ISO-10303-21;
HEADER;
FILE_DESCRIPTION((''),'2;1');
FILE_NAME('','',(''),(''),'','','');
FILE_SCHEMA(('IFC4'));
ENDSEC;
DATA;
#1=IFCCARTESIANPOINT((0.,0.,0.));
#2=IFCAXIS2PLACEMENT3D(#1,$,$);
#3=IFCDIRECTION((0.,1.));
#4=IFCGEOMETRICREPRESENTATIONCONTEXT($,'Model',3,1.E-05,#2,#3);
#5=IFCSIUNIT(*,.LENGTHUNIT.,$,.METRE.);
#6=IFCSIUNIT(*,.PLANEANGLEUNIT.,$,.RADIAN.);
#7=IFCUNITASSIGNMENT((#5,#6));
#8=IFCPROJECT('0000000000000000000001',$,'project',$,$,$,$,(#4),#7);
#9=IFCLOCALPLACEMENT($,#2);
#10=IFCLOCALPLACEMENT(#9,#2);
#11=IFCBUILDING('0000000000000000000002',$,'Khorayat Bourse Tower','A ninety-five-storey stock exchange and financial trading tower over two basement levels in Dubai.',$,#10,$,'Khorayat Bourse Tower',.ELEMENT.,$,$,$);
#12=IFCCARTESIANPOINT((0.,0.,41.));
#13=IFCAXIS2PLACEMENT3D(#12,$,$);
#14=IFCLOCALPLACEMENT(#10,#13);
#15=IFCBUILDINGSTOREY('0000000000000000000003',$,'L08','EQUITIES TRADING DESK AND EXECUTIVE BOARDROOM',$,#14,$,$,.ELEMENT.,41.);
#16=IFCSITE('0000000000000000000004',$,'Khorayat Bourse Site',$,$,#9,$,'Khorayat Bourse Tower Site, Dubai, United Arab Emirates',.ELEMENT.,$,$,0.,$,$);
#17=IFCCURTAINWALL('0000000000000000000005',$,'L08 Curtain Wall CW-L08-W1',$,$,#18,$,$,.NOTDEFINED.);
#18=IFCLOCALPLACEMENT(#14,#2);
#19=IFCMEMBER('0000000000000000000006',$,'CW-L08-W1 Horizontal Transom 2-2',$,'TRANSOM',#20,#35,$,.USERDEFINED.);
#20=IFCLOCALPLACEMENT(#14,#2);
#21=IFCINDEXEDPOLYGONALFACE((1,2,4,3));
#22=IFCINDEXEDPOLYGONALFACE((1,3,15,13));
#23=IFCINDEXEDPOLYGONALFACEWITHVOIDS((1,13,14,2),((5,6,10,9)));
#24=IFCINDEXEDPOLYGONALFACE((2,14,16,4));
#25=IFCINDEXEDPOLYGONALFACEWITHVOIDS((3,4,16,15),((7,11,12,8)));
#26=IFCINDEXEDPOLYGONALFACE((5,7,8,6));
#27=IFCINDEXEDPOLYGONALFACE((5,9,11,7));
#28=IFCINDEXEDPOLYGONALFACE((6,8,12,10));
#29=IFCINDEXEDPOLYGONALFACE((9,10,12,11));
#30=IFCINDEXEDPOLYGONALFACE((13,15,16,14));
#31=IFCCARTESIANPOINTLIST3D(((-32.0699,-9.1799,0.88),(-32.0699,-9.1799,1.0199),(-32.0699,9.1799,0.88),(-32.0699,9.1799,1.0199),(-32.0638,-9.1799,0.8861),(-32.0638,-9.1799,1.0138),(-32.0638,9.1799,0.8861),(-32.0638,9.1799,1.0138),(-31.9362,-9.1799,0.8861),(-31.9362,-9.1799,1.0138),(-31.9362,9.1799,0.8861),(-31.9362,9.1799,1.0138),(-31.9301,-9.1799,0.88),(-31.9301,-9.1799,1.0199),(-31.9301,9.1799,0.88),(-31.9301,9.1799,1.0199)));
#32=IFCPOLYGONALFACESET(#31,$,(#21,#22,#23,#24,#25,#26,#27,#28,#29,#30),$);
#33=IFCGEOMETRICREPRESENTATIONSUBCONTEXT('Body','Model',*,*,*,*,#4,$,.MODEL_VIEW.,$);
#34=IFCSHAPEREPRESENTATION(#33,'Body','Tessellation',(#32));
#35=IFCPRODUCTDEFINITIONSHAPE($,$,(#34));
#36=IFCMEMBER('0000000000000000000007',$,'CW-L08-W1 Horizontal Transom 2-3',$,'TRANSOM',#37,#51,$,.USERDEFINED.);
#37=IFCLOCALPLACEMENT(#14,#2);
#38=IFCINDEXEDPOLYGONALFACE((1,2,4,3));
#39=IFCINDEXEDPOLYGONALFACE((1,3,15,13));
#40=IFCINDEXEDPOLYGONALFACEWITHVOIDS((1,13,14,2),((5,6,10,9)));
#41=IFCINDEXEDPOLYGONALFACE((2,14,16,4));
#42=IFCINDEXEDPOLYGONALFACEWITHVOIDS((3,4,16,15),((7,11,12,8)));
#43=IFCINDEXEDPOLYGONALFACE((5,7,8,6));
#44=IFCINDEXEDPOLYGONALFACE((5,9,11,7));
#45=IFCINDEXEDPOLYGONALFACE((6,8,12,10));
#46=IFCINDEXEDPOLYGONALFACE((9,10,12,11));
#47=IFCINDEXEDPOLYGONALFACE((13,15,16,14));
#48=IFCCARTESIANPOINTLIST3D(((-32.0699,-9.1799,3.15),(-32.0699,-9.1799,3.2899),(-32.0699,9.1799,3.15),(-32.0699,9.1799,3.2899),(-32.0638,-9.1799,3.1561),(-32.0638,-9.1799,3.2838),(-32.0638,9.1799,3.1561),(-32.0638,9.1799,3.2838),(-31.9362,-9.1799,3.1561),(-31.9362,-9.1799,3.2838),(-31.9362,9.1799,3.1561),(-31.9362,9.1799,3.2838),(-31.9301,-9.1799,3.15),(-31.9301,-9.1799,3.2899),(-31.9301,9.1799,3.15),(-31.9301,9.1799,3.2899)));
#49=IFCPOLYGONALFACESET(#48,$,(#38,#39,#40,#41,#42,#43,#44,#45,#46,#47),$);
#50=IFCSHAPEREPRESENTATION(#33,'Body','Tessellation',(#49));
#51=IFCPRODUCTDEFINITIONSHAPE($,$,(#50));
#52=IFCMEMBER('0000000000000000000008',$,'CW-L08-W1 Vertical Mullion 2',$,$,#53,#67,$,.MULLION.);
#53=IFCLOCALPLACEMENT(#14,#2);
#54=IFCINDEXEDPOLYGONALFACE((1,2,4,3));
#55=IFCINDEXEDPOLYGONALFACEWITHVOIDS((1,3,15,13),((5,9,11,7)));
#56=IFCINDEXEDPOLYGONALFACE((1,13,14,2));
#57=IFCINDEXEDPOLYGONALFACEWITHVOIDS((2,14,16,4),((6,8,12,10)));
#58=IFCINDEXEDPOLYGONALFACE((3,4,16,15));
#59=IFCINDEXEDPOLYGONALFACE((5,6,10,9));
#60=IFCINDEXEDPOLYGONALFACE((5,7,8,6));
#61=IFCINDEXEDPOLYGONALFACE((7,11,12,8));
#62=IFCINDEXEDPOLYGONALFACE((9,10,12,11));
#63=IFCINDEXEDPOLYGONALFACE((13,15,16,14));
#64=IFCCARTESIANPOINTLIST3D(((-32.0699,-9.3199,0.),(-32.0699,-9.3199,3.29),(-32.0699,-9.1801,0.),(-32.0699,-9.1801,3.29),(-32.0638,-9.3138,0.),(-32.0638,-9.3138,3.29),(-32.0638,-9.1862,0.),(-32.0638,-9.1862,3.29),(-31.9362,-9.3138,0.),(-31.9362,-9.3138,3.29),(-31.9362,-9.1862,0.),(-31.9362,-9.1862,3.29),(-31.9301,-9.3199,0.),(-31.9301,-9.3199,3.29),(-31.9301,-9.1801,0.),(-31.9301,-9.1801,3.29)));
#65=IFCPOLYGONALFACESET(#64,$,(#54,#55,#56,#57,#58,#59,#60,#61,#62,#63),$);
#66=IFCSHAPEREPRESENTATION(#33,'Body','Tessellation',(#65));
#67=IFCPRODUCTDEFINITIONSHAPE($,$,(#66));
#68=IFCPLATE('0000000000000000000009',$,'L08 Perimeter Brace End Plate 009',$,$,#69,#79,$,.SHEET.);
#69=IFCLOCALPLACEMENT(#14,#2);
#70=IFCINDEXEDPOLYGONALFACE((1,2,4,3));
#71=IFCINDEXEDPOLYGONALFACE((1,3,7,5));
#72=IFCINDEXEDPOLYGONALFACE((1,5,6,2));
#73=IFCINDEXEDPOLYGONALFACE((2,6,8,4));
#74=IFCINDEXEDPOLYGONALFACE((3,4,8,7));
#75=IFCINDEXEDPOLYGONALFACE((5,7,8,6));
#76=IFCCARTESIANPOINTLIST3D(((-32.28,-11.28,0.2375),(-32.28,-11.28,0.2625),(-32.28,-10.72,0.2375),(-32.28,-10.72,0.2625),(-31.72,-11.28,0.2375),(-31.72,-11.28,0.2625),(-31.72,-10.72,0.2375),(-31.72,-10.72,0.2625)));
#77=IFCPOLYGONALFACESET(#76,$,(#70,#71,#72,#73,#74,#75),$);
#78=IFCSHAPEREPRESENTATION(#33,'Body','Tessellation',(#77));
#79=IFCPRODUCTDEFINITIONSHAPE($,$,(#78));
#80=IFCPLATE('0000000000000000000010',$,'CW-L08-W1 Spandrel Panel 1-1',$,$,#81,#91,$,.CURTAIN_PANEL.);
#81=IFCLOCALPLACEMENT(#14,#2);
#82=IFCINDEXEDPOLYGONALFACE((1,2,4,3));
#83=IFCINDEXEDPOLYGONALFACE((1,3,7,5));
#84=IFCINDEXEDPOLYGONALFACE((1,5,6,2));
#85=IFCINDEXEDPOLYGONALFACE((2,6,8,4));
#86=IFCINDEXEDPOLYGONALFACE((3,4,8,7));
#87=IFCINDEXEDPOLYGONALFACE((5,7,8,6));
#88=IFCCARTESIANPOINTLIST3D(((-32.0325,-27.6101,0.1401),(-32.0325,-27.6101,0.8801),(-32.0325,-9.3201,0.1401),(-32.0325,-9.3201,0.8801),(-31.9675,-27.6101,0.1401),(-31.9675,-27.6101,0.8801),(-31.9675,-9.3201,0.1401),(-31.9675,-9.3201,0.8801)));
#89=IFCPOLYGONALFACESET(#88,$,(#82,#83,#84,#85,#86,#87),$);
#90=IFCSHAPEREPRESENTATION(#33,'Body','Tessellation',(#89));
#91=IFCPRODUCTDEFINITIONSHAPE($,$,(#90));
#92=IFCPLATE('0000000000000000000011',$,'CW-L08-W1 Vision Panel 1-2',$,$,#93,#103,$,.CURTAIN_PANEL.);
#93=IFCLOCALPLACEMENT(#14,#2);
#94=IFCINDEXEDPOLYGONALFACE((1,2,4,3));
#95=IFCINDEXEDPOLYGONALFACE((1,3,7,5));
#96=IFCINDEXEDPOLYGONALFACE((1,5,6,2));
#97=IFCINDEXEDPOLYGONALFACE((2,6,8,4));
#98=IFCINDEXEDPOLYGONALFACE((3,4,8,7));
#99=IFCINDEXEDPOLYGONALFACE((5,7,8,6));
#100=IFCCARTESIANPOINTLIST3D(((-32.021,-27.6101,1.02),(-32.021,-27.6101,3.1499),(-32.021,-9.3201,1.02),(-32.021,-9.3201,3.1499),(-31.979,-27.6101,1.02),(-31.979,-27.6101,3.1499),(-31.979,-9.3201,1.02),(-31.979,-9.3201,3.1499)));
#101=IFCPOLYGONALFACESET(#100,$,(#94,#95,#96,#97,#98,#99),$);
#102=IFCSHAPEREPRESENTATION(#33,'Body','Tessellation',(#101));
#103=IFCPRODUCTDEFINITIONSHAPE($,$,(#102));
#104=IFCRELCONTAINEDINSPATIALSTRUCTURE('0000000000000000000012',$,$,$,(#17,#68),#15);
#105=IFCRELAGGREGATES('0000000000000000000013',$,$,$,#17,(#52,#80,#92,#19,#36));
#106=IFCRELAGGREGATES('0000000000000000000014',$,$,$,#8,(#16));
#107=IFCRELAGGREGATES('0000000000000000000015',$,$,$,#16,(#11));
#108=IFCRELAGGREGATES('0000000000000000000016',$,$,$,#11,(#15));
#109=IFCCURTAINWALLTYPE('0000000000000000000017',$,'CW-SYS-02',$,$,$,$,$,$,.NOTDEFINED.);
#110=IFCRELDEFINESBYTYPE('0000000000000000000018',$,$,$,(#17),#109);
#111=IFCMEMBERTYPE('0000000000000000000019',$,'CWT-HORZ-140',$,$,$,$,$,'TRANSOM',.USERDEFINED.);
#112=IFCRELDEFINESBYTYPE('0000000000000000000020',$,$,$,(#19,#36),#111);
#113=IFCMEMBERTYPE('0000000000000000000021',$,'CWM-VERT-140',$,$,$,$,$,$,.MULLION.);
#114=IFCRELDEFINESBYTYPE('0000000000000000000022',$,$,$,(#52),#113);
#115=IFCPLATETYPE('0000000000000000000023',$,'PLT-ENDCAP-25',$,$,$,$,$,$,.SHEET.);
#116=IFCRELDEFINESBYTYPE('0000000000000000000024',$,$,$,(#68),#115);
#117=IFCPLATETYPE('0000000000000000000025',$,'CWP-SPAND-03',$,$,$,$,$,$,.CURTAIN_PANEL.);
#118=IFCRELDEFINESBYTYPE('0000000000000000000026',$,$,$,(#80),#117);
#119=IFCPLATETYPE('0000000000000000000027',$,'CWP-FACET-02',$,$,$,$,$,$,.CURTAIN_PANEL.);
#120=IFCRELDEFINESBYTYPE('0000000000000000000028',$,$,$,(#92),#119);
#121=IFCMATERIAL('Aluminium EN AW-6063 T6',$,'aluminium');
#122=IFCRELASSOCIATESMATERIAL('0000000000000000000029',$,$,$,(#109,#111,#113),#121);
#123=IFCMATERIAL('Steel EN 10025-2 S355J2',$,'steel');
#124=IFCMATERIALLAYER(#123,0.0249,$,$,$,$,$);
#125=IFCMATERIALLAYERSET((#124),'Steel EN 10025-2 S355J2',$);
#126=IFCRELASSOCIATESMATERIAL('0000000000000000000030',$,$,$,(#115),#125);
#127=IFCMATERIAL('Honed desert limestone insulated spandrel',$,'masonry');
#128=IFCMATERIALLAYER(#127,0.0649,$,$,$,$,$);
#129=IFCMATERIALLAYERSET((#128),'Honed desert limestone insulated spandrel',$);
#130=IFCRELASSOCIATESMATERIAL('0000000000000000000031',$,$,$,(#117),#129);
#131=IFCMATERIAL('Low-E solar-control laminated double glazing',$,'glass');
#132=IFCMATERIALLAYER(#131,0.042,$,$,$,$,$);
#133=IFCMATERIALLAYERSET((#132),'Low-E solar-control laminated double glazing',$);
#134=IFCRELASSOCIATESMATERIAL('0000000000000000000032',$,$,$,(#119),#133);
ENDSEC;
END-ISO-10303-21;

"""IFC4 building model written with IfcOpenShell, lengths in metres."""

from ifc_helpers import new_model, si_unit, direction, frame, origin, origin_2d, place, context, subcontext, project, spatial, rectangle, hollow_rectangle, extrude, source, transform, mapped, material, layer, layer_set, material_profile, profile_set, type_object, element, aggregate, save


model = new_model("IFC4")

# Units and contexts
model_context = context("Model", 3, precision=1e-05, world=origin(), true_north=direction((0.0, 1.0)))
body_context = subcontext(model_context, "Body", "Model", "MODEL_VIEW")
ifc_project = project(units=[si_unit("LENGTHUNIT", "METRE"), si_unit("PLANEANGLEUNIT", "RADIAN")], contexts=[model_context])

# Site, building, storey
site_placement = place(None, origin())
site = spatial("IfcSite", under=ifc_project, at=site_placement, Name="Khorayat Bourse Site", LongName="Khorayat Bourse Tower Site, Dubai, United Arab Emirates", CompositionType="ELEMENT", RefElevation=0.0)
building_placement = place(site_placement, origin())
building = spatial("IfcBuilding", under=site, at=building_placement, Name="Khorayat Bourse Tower", Description="A ninety-five-storey stock exchange and financial trading tower over two basement levels in Dubai.", LongName="Khorayat Bourse Tower", CompositionType="ELEMENT")
storey_placement = place(building_placement, frame((0.0, 0.0, 41.0)))
storey = spatial("IfcBuildingStorey", under=building, at=storey_placement, Name="L08", Description="EQUITIES TRADING DESK AND EXECUTIVE BOARDROOM", CompositionType="ELEMENT", Elevation=41.0)

# Curtain wall, members
ifc_material_1 = material(Name="Aluminium EN AW-6063 T6", Category="aluminium")
curtain_wall_type = type_object("IfcCurtainWallType", Name="CW-SYS-02", PredefinedType="NOTDEFINED", material=ifc_material_1)
curtain_wall_placement = place(storey_placement, origin())
curtain_wall = element("IfcCurtainWall", 1, at=curtain_wall_placement, inside=storey, type_object=curtain_wall_type, Name="L08 Curtain Wall CW-L08-W1", PredefinedType="NOTDEFINED")
ifc_material_profile_1 = material_profile(ifc_material_1, hollow_rectangle(XDim=0.1399, YDim=0.1399, WallThickness=0.0061, at=origin_2d()), Name="ALU 140x140x6")
ifc_profile_set_1 = profile_set([ifc_material_profile_1], Name="Aluminium EN AW-6063 T6")
member_type_1 = type_object("IfcMemberType", Name="CWT-HORZ-140", ElementType="TRANSOM", PredefinedType="USERDEFINED", material=ifc_profile_set_1)
shared_shape_1 = source(origin(), body_context, "Body", "SweptSolid", [
    extrude(hollow_rectangle(XDim=0.1399, YDim=0.1399, WallThickness=0.0061, at=origin_2d()), origin(), (0.0, 0.0, 1.0), 18.3599),
])
member_1_placement = place(storey_placement, frame((-32.0, -9.1799, 0.95), z_axis=(0.0, 1.0, 0.0), x_axis=(-1.0, 0.0, 0.0)))
member_1 = element("IfcMember", 2, at=member_1_placement, type_object=member_type_1, Name="CW-L08-W1 Horizontal Transom 2-2", ObjectType="TRANSOM", PredefinedType="USERDEFINED", context=body_context, shape_type="MappedRepresentation", body=[
    mapped(shared_shape_1, transform((0.0, 0.0, 0.0), scale=1.0)),
])
member_2_placement = place(storey_placement, frame((-32.0, -9.1799, 3.22), z_axis=(0.0, 1.0, 0.0), x_axis=(-1.0, 0.0, 0.0)))
member_2 = element("IfcMember", 3, at=member_2_placement, type_object=member_type_1, Name="CW-L08-W1 Horizontal Transom 2-3", ObjectType="TRANSOM", PredefinedType="USERDEFINED", context=body_context, shape_type="MappedRepresentation", body=[
    mapped(shared_shape_1, transform((0.0, 0.0, 0.0), scale=1.0)),
])
ifc_material_profile_2 = material_profile(ifc_material_1, hollow_rectangle(XDim=0.1399, YDim=0.1399, WallThickness=0.0061, at=origin_2d()), Name="ALU 140x140x6")
ifc_profile_set_2 = profile_set([ifc_material_profile_2], Name="Aluminium EN AW-6063 T6")
member_type_2 = type_object("IfcMemberType", Name="CWM-VERT-140", PredefinedType="MULLION", material=ifc_profile_set_2)
shared_shape_2 = source(origin(), body_context, "Body", "SweptSolid", [
    extrude(hollow_rectangle(XDim=0.1399, YDim=0.1399, WallThickness=0.0061, at=origin_2d()), origin(), (0.0, 0.0, 1.0), 3.29),
])
member_3_placement = place(storey_placement, frame((-32.0, -9.25, 0.0), z_axis=(0.0, 0.0, 1.0), x_axis=(-1.0, 0.0, 0.0)))
member_3 = element("IfcMember", 4, at=member_3_placement, type_object=member_type_2, Name="CW-L08-W1 Vertical Mullion 2", PredefinedType="MULLION", context=body_context, shape_type="MappedRepresentation", body=[
    mapped(shared_shape_2, transform((0.0, 0.0, 0.0), scale=1.0)),
])

# Plates
ifc_material_2 = material(Name="Steel EN 10025-2 S355J2", Category="steel")
ifc_layer_1 = layer(ifc_material_2, 0.0249)
ifc_layer_set_1 = layer_set([ifc_layer_1], Name="Steel EN 10025-2 S355J2")
plate_type_1 = type_object("IfcPlateType", Name="PLT-ENDCAP-25", PredefinedType="SHEET", material=ifc_layer_set_1)
shared_shape_3 = source(origin(), body_context, "Body", "SweptSolid", [
    extrude(rectangle(XDim=0.5601, YDim=0.5601, at=origin_2d()), origin(), (0.0, 0.0, 1.0), 0.0249),
])
plate_1_placement = place(storey_placement, frame((-32.0, -11.0, 0.2375), z_axis=(0.0, 0.0, 1.0), x_axis=(1.0, 0.0, 0.0)))
element("IfcPlate", 5, at=plate_1_placement, inside=storey, type_object=plate_type_1, Name="L08 Perimeter Brace End Plate 009", PredefinedType="SHEET", context=body_context, shape_type="MappedRepresentation", body=[
    mapped(shared_shape_3, transform((0.0, 0.0, 0.0), scale=1.0)),
])
ifc_material_3 = material(Name="Honed desert limestone insulated spandrel", Category="masonry")
ifc_layer_2 = layer(ifc_material_3, 0.0649)
ifc_layer_set_2 = layer_set([ifc_layer_2], Name="Honed desert limestone insulated spandrel")
plate_type_2 = type_object("IfcPlateType", Name="CWP-SPAND-03", PredefinedType="CURTAIN_PANEL", material=ifc_layer_set_2)
shared_shape_4 = source(origin(), body_context, "Body", "SweptSolid", [
    extrude(rectangle(XDim=18.29, YDim=0.0649, at=origin_2d()), origin(), (0.0, 0.0, 1.0), 0.74),
])
plate_2_placement = place(storey_placement, frame((-32.0, -18.4651, 0.1401), z_axis=(0.0, 0.0, 1.0), x_axis=(0.0, 1.0, 0.0)))
plate_2 = element("IfcPlate", 6, at=plate_2_placement, type_object=plate_type_2, Name="CW-L08-W1 Spandrel Panel 1-1", PredefinedType="CURTAIN_PANEL", context=body_context, shape_type="MappedRepresentation", body=[
    mapped(shared_shape_4, transform((0.0, 0.0, 0.0), scale=1.0)),
])
ifc_material_4 = material(Name="Low-E solar-control laminated double glazing", Category="glass")
ifc_layer_3 = layer(ifc_material_4, 0.042)
ifc_layer_set_3 = layer_set([ifc_layer_3], Name="Low-E solar-control laminated double glazing")
plate_type_3 = type_object("IfcPlateType", Name="CWP-FACET-02", PredefinedType="CURTAIN_PANEL", material=ifc_layer_set_3)
shared_shape_5 = source(origin(), body_context, "Body", "SweptSolid", [
    extrude(rectangle(XDim=18.29, YDim=0.042, at=origin_2d()), origin(), (0.0, 0.0, 1.0), 2.1299),
])
plate_3_placement = place(storey_placement, frame((-32.0, -18.4651, 1.02), z_axis=(0.0, 0.0, 1.0), x_axis=(0.0, 1.0, 0.0)))
plate_3 = element("IfcPlate", 7, at=plate_3_placement, type_object=plate_type_3, Name="CW-L08-W1 Vision Panel 1-2", PredefinedType="CURTAIN_PANEL", context=body_context, shape_type="MappedRepresentation", body=[
    mapped(shared_shape_5, transform((0.0, 0.0, 0.0), scale=1.0)),
])
aggregate(curtain_wall, [member_3, plate_2, plate_3, member_1, member_2])

save(model, "model.ifc")
